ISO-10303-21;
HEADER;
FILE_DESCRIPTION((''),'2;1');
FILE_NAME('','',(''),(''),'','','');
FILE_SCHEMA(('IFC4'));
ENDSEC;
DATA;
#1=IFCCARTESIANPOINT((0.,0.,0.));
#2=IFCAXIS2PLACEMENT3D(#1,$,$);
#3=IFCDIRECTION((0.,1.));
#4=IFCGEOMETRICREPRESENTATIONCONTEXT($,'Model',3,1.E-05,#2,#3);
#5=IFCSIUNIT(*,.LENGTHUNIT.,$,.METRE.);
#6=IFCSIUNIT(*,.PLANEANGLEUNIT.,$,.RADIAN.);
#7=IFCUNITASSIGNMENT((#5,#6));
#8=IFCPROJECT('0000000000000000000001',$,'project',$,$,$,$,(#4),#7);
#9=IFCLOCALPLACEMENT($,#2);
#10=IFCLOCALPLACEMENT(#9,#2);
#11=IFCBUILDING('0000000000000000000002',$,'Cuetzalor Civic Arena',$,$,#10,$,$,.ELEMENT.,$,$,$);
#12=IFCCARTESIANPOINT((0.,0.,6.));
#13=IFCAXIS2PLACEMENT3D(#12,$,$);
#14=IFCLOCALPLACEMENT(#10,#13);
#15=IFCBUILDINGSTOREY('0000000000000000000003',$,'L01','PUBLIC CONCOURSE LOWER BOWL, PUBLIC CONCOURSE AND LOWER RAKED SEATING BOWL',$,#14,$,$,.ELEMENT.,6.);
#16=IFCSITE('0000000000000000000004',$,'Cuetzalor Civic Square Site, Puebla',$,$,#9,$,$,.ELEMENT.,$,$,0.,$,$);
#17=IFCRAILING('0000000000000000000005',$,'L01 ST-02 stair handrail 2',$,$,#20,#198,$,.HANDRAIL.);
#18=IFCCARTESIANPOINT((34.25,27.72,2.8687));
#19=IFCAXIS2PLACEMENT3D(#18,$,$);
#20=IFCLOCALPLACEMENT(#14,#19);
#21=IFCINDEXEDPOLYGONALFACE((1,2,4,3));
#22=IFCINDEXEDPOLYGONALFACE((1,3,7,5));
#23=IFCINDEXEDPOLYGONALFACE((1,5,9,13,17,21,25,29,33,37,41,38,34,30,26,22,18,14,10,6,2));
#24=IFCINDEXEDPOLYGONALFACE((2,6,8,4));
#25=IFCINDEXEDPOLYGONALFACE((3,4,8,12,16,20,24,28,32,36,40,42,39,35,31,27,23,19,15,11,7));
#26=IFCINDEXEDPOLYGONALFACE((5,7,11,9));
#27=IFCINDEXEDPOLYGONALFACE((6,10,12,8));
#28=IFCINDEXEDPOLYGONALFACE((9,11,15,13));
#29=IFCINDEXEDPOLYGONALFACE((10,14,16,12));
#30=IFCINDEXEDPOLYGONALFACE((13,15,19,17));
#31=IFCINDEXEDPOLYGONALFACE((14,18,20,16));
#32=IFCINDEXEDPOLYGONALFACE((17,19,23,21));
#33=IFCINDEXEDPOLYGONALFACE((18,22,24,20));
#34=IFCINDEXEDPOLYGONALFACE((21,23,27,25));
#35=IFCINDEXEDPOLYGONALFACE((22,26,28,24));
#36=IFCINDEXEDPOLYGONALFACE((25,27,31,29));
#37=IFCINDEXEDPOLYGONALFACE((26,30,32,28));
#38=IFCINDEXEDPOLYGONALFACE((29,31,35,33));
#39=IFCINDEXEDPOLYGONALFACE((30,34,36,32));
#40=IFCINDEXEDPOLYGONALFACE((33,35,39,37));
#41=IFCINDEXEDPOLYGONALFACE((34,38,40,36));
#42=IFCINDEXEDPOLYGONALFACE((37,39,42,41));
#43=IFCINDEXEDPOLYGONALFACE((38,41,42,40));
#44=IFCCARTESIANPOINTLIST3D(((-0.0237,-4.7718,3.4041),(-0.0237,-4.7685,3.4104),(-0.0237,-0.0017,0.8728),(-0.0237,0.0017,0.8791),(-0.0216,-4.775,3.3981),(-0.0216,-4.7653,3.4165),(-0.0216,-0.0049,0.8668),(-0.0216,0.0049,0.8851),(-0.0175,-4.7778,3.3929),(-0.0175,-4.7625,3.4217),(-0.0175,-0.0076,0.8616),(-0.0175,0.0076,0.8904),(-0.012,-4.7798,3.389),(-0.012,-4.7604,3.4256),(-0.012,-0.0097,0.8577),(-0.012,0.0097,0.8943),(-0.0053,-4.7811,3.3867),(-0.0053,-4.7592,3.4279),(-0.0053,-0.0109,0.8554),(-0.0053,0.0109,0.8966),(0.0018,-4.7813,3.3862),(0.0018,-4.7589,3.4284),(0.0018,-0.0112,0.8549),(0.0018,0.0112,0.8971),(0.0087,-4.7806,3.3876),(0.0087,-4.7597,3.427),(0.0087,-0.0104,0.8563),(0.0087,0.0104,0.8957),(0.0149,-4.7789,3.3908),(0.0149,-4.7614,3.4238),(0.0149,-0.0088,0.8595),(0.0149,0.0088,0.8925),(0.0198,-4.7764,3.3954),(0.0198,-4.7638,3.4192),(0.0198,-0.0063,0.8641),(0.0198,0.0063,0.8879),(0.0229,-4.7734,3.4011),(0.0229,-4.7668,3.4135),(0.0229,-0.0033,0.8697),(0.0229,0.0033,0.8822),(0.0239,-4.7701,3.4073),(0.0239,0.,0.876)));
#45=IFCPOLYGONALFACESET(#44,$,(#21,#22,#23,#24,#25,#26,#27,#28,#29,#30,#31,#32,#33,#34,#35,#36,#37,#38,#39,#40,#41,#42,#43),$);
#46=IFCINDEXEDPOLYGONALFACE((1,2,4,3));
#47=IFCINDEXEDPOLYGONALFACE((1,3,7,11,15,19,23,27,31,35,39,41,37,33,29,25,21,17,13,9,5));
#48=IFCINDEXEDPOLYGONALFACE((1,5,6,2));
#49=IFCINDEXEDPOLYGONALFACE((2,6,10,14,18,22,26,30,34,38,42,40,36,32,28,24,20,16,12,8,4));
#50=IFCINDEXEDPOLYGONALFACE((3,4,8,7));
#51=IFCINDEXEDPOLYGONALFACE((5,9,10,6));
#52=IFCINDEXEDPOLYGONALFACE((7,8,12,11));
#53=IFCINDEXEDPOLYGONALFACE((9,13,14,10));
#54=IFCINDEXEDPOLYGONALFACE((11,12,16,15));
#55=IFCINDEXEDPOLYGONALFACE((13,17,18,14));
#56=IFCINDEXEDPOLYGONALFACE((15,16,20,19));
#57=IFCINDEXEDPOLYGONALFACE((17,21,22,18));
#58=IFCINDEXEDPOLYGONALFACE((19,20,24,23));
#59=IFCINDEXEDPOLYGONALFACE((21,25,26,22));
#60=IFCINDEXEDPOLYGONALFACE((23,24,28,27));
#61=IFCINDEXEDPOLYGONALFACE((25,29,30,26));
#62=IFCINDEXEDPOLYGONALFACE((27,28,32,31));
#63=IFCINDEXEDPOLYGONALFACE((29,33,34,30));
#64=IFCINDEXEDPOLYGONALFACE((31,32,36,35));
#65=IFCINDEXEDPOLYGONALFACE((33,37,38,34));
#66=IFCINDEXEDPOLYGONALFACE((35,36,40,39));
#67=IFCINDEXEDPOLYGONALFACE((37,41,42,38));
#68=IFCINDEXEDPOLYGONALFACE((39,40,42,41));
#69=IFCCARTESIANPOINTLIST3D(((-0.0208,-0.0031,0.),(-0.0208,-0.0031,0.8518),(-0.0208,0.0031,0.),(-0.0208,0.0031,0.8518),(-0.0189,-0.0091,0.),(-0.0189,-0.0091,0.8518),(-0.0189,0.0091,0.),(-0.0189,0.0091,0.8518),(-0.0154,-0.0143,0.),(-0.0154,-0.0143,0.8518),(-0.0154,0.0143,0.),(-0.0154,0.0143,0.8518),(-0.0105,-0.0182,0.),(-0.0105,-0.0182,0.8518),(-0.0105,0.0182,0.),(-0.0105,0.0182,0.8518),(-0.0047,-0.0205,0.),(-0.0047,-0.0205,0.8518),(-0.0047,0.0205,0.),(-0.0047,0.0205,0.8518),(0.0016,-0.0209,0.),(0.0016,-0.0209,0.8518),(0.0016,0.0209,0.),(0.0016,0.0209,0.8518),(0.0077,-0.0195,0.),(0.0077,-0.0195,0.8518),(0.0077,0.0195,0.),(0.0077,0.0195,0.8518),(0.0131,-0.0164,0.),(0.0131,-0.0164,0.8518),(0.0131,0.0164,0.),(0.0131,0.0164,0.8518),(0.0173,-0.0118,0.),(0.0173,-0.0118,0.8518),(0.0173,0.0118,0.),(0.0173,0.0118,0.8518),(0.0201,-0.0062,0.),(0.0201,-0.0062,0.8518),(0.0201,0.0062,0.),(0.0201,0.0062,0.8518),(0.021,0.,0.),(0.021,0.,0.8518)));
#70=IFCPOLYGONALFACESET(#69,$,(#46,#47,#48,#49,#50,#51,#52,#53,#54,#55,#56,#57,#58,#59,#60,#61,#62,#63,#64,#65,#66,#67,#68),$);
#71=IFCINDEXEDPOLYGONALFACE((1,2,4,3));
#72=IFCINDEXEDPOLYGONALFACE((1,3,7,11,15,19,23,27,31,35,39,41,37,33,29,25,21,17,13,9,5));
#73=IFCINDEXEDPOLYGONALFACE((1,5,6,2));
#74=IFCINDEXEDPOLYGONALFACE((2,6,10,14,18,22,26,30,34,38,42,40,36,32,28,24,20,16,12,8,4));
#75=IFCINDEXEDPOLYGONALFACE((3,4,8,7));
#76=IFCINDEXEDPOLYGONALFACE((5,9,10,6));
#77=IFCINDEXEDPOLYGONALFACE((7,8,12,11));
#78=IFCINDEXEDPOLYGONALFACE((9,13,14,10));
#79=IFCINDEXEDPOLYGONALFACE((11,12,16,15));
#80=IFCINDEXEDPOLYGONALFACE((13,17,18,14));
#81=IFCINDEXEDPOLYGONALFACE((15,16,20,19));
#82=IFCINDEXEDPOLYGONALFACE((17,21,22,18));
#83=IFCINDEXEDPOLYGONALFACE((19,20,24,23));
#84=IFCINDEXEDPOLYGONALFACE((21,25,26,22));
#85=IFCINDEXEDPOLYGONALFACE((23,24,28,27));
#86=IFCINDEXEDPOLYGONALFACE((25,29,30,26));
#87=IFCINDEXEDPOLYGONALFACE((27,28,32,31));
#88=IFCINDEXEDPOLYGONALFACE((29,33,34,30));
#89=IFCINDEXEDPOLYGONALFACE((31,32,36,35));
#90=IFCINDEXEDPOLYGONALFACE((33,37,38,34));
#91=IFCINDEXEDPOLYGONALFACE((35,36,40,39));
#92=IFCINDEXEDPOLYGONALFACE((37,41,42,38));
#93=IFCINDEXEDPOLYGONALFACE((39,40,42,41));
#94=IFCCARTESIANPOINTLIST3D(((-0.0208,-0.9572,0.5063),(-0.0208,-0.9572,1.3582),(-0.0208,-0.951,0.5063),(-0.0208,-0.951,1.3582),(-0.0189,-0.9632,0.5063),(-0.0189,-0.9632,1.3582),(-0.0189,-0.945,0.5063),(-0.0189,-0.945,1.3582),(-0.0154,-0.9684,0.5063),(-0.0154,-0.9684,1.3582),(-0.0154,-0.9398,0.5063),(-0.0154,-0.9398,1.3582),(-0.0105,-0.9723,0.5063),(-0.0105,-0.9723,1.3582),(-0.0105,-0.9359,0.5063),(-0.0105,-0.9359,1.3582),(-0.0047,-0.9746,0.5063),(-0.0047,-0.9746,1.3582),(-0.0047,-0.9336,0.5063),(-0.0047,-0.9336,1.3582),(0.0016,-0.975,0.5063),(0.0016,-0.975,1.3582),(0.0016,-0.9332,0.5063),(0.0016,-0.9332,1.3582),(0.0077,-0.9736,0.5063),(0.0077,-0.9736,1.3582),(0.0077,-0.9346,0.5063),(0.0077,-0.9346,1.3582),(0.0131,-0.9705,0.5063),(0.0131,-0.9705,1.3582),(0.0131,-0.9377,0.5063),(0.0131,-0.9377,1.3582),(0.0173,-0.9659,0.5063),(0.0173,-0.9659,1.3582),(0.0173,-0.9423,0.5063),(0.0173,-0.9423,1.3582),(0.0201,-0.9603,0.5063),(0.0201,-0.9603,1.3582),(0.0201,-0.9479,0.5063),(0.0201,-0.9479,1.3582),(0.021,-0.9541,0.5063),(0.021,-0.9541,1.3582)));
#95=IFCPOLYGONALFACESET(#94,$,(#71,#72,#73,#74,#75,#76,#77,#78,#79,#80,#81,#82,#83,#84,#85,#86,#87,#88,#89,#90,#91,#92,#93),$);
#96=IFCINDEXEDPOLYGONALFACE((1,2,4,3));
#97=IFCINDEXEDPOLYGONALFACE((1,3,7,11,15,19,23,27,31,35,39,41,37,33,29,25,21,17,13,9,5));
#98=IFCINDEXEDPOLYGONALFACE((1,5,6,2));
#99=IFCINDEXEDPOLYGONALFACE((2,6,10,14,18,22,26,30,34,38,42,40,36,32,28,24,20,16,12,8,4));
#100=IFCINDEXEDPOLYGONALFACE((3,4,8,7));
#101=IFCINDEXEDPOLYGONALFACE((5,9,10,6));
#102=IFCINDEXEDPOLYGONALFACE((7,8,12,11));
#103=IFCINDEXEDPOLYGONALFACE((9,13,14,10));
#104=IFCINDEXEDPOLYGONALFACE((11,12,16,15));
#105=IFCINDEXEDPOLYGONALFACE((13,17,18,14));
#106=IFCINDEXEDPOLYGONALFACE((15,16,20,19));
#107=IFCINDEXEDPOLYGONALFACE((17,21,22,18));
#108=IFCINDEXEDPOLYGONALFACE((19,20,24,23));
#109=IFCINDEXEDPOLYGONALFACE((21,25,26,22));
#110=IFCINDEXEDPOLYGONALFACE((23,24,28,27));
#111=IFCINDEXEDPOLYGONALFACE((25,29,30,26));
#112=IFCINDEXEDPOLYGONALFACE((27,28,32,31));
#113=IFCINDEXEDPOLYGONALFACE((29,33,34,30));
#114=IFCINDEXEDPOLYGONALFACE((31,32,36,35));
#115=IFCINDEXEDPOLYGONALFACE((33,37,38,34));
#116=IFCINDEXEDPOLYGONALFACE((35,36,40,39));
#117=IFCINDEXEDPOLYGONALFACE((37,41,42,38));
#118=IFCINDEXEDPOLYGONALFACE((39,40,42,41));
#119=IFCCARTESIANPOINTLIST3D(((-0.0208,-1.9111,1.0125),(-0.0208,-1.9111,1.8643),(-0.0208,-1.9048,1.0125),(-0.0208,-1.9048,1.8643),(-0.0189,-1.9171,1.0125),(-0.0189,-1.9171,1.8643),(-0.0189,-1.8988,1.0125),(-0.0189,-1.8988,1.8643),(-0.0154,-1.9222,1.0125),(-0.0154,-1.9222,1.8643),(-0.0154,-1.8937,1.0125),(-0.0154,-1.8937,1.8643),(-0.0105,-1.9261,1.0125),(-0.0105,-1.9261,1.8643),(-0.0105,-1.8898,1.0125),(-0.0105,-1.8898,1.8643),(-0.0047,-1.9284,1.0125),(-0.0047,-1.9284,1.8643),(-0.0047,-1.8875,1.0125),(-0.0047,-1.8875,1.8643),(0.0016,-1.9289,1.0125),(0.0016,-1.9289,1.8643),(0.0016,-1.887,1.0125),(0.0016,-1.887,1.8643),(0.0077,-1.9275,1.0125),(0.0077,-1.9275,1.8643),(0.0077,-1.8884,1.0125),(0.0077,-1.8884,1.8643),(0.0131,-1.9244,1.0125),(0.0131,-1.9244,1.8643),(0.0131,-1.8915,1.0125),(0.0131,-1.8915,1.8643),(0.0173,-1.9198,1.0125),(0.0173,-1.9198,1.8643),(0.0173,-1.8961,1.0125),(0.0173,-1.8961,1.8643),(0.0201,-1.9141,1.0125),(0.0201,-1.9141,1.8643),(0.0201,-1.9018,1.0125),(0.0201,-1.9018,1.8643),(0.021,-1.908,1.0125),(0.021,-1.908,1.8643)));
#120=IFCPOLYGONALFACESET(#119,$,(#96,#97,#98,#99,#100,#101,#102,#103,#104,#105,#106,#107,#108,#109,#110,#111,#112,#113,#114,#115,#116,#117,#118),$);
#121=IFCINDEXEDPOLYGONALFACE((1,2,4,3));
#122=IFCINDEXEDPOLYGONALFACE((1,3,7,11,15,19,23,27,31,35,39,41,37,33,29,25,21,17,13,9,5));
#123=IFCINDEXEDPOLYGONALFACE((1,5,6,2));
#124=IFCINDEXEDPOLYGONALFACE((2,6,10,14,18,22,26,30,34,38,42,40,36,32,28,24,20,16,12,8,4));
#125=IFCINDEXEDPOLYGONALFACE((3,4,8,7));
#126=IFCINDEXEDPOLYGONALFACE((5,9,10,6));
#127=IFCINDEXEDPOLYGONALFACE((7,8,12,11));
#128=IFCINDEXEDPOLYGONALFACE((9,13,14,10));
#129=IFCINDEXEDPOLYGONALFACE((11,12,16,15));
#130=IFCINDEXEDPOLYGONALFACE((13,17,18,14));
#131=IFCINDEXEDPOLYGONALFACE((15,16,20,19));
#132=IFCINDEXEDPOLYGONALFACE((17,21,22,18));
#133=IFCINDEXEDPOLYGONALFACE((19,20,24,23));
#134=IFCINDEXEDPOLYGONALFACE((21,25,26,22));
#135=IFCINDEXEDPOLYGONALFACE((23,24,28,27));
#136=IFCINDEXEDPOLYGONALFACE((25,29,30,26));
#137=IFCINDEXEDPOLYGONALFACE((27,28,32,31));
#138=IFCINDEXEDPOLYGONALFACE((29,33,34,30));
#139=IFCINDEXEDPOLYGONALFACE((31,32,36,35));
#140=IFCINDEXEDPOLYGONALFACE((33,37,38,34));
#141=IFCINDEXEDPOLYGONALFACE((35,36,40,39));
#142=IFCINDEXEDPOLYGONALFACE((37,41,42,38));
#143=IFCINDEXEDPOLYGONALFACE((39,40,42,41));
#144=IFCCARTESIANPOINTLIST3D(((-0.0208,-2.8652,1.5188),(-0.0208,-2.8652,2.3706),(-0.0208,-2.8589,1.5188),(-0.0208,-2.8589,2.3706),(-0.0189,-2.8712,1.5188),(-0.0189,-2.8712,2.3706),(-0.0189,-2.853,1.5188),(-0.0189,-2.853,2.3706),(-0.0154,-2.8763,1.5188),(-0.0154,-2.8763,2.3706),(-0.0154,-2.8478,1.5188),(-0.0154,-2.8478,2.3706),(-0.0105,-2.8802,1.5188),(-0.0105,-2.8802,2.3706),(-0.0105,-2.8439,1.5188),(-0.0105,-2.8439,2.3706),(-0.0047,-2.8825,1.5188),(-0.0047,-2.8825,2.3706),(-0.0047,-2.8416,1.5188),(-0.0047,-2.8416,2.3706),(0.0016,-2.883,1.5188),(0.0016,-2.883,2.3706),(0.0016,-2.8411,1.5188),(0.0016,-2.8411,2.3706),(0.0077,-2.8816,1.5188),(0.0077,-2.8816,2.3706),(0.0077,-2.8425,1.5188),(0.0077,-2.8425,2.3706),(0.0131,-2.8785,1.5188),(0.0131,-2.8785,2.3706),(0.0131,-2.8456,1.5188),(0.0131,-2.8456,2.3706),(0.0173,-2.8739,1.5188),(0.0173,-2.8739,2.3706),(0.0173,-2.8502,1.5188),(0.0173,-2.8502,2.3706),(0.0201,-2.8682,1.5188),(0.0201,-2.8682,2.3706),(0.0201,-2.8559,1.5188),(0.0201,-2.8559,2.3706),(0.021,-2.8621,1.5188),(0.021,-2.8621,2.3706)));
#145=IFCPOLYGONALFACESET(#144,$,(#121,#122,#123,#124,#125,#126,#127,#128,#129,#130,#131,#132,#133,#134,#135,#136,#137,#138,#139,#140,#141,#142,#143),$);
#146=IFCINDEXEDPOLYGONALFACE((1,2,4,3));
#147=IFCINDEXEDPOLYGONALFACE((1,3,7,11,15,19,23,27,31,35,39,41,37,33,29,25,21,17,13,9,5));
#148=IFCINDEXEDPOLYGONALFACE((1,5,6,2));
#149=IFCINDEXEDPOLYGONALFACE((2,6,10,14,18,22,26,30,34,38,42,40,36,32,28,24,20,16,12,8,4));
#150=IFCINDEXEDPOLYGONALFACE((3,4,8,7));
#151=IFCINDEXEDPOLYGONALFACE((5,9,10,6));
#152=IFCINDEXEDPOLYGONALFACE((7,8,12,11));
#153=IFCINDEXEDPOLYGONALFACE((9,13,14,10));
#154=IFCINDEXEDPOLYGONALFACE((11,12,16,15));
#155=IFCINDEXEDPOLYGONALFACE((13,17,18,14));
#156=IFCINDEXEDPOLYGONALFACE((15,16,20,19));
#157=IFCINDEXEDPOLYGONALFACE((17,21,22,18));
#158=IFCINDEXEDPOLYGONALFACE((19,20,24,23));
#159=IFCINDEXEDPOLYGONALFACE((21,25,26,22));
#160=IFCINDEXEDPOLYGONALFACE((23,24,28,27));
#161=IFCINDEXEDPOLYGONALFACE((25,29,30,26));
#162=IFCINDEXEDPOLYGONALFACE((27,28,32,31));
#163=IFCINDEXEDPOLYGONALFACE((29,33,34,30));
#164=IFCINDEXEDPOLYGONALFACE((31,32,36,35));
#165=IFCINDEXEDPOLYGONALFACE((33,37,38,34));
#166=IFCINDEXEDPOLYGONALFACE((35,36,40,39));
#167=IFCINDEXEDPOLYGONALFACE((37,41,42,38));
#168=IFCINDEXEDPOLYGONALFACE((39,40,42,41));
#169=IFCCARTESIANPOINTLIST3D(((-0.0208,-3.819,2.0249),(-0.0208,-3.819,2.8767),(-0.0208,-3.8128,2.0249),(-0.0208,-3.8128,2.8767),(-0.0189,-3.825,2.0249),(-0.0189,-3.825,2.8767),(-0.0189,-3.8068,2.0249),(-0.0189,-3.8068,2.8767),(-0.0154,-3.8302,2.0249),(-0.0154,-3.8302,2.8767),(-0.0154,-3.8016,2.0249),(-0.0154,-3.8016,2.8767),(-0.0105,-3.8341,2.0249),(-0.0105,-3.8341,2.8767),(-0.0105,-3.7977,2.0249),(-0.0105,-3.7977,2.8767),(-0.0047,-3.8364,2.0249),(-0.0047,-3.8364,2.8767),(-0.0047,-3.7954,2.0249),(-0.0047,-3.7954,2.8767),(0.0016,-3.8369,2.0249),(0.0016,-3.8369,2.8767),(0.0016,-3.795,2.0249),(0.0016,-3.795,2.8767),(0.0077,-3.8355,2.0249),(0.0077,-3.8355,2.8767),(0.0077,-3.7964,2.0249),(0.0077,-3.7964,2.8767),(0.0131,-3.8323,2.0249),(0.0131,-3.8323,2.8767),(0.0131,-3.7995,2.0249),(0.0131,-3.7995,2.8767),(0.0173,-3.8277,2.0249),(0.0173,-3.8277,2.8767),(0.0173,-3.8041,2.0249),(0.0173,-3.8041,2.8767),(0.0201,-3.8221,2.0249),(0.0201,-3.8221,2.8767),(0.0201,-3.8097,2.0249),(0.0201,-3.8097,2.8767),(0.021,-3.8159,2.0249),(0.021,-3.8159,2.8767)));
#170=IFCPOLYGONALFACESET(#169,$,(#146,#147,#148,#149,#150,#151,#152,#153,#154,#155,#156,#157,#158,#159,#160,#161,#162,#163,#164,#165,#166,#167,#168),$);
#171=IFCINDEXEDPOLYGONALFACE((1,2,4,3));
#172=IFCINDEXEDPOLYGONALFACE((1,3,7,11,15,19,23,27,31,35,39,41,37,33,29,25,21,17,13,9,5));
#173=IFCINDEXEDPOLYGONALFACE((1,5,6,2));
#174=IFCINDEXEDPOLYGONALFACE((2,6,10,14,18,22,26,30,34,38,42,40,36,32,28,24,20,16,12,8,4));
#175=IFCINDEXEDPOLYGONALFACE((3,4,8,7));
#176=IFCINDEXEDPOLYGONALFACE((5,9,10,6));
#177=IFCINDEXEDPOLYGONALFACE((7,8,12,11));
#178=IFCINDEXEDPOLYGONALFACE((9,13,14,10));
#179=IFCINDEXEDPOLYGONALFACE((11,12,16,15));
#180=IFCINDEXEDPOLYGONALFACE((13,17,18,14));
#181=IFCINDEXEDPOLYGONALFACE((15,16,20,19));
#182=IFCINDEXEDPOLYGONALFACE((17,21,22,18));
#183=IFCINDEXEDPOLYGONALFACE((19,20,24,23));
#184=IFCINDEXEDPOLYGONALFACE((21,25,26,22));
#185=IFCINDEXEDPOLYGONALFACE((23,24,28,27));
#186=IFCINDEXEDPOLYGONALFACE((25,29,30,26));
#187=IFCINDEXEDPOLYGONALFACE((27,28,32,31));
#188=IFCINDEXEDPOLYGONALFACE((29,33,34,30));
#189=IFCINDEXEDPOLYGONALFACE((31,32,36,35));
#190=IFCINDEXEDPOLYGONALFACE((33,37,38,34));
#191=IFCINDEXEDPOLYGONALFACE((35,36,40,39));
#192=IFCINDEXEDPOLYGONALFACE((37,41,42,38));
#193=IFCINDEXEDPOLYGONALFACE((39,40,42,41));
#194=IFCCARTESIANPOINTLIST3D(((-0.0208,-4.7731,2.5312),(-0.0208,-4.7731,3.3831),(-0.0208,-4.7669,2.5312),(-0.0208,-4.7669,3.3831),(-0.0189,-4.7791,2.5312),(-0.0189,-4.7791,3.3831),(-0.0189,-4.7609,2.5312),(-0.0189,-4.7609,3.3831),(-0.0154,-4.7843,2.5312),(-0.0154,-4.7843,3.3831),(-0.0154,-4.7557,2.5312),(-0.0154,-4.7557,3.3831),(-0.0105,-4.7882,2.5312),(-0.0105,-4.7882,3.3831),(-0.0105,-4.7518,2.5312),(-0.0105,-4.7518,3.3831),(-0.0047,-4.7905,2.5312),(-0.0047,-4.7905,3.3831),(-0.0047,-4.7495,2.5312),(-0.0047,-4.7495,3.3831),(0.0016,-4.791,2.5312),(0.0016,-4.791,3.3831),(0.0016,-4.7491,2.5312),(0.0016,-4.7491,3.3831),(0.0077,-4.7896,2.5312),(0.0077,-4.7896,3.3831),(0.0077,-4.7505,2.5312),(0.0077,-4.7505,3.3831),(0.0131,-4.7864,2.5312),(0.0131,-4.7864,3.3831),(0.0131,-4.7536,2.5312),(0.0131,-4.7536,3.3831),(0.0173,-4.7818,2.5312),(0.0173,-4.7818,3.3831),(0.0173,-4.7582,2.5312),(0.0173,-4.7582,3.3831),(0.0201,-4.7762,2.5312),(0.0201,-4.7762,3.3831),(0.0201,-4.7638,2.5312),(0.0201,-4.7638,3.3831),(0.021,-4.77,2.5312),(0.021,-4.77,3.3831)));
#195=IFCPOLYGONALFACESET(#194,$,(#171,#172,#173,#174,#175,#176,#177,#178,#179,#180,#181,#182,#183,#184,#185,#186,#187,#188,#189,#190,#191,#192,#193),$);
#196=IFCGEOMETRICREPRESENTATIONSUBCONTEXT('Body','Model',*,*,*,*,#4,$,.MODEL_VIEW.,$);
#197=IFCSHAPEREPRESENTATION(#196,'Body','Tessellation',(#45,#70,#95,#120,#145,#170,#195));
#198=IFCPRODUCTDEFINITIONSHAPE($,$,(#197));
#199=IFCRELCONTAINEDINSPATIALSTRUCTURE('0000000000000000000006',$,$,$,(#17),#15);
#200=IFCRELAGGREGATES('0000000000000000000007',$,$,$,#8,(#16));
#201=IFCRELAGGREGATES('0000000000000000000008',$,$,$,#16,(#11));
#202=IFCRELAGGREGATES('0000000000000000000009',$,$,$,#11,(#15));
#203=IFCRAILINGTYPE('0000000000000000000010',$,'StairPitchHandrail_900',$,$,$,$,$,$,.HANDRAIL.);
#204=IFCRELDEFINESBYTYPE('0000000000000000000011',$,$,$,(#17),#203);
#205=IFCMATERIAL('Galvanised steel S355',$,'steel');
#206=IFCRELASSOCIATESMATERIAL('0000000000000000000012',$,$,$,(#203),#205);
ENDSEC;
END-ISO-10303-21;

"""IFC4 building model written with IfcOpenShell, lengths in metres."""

from ifc_helpers import new_model, si_unit, direction, frame, origin, origin_2d, place, context, subcontext, project, spatial, circle, extrude, material, type_object, element, save


model = new_model("IFC4")

# Units and contexts
model_context = context("Model", 3, precision=1e-05, world=origin(), true_north=direction((0.0, 1.0)))
body_context = subcontext(model_context, "Body", "Model", "MODEL_VIEW")
ifc_project = project(units=[si_unit("LENGTHUNIT", "METRE"), si_unit("PLANEANGLEUNIT", "RADIAN")], contexts=[model_context])

# Site, building, storey
site_placement = place(None, origin())
site = spatial("IfcSite", under=ifc_project, at=site_placement, Name="Cuetzalor Civic Square Site, Puebla", CompositionType="ELEMENT", RefElevation=0.0)
building_placement = place(site_placement, origin())
building = spatial("IfcBuilding", under=site, at=building_placement, Name="Cuetzalor Civic Arena", CompositionType="ELEMENT")
storey_placement = place(building_placement, frame((0.0, 0.0, 6.0)))
storey = spatial("IfcBuildingStorey", under=building, at=storey_placement, Name="L01", Description="PUBLIC CONCOURSE LOWER BOWL, PUBLIC CONCOURSE AND LOWER RAKED SEATING BOWL", CompositionType="ELEMENT", Elevation=6.0)

# Railing
ifc_material_1 = material(Name="Galvanised steel S355", Category="steel")
railing_type_1 = type_object("IfcRailingType", Name="StairPitchHandrail_900", PredefinedType="HANDRAIL", material=ifc_material_1)
railing_1_placement = place(storey_placement, frame((34.25, 27.72, 2.8687)))
element("IfcRailing", 1, at=railing_1_placement, inside=storey, type_object=railing_type_1, Name="L01 ST-02 stair handrail 2", PredefinedType="HANDRAIL", context=body_context, shape_type="SweptSolid", body=[
    extrude(circle(Radius=0.0239, at=origin_2d()), frame((0.0, 0.0, 0.876), z_axis=(0.0, -0.883332, 0.468747), x_axis=(1.0, 0.0, 0.0)), (0.0, 0.0, 1.0), 5.4001),
    extrude(circle(Radius=0.021, at=origin_2d()), origin(), (0.0, 0.0, 1.0), 0.8518),
    extrude(circle(Radius=0.021, at=origin_2d()), frame((0.0, -0.9541, 0.5063)), (0.0, 0.0, 1.0), 0.8518),
    extrude(circle(Radius=0.021, at=origin_2d()), frame((0.0, -1.908, 1.0125)), (0.0, 0.0, 1.0), 0.8518),
    extrude(circle(Radius=0.021, at=origin_2d()), frame((0.0, -2.8621, 1.5188)), (0.0, 0.0, 1.0), 0.8518),
    extrude(circle(Radius=0.021, at=origin_2d()), frame((0.0, -3.8159, 2.0249)), (0.0, 0.0, 1.0), 0.8518),
    extrude(circle(Radius=0.021, at=origin_2d()), frame((0.0, -4.77, 2.5312)), (0.0, 0.0, 1.0), 0.8518),
])

save(model, "model.ifc")
